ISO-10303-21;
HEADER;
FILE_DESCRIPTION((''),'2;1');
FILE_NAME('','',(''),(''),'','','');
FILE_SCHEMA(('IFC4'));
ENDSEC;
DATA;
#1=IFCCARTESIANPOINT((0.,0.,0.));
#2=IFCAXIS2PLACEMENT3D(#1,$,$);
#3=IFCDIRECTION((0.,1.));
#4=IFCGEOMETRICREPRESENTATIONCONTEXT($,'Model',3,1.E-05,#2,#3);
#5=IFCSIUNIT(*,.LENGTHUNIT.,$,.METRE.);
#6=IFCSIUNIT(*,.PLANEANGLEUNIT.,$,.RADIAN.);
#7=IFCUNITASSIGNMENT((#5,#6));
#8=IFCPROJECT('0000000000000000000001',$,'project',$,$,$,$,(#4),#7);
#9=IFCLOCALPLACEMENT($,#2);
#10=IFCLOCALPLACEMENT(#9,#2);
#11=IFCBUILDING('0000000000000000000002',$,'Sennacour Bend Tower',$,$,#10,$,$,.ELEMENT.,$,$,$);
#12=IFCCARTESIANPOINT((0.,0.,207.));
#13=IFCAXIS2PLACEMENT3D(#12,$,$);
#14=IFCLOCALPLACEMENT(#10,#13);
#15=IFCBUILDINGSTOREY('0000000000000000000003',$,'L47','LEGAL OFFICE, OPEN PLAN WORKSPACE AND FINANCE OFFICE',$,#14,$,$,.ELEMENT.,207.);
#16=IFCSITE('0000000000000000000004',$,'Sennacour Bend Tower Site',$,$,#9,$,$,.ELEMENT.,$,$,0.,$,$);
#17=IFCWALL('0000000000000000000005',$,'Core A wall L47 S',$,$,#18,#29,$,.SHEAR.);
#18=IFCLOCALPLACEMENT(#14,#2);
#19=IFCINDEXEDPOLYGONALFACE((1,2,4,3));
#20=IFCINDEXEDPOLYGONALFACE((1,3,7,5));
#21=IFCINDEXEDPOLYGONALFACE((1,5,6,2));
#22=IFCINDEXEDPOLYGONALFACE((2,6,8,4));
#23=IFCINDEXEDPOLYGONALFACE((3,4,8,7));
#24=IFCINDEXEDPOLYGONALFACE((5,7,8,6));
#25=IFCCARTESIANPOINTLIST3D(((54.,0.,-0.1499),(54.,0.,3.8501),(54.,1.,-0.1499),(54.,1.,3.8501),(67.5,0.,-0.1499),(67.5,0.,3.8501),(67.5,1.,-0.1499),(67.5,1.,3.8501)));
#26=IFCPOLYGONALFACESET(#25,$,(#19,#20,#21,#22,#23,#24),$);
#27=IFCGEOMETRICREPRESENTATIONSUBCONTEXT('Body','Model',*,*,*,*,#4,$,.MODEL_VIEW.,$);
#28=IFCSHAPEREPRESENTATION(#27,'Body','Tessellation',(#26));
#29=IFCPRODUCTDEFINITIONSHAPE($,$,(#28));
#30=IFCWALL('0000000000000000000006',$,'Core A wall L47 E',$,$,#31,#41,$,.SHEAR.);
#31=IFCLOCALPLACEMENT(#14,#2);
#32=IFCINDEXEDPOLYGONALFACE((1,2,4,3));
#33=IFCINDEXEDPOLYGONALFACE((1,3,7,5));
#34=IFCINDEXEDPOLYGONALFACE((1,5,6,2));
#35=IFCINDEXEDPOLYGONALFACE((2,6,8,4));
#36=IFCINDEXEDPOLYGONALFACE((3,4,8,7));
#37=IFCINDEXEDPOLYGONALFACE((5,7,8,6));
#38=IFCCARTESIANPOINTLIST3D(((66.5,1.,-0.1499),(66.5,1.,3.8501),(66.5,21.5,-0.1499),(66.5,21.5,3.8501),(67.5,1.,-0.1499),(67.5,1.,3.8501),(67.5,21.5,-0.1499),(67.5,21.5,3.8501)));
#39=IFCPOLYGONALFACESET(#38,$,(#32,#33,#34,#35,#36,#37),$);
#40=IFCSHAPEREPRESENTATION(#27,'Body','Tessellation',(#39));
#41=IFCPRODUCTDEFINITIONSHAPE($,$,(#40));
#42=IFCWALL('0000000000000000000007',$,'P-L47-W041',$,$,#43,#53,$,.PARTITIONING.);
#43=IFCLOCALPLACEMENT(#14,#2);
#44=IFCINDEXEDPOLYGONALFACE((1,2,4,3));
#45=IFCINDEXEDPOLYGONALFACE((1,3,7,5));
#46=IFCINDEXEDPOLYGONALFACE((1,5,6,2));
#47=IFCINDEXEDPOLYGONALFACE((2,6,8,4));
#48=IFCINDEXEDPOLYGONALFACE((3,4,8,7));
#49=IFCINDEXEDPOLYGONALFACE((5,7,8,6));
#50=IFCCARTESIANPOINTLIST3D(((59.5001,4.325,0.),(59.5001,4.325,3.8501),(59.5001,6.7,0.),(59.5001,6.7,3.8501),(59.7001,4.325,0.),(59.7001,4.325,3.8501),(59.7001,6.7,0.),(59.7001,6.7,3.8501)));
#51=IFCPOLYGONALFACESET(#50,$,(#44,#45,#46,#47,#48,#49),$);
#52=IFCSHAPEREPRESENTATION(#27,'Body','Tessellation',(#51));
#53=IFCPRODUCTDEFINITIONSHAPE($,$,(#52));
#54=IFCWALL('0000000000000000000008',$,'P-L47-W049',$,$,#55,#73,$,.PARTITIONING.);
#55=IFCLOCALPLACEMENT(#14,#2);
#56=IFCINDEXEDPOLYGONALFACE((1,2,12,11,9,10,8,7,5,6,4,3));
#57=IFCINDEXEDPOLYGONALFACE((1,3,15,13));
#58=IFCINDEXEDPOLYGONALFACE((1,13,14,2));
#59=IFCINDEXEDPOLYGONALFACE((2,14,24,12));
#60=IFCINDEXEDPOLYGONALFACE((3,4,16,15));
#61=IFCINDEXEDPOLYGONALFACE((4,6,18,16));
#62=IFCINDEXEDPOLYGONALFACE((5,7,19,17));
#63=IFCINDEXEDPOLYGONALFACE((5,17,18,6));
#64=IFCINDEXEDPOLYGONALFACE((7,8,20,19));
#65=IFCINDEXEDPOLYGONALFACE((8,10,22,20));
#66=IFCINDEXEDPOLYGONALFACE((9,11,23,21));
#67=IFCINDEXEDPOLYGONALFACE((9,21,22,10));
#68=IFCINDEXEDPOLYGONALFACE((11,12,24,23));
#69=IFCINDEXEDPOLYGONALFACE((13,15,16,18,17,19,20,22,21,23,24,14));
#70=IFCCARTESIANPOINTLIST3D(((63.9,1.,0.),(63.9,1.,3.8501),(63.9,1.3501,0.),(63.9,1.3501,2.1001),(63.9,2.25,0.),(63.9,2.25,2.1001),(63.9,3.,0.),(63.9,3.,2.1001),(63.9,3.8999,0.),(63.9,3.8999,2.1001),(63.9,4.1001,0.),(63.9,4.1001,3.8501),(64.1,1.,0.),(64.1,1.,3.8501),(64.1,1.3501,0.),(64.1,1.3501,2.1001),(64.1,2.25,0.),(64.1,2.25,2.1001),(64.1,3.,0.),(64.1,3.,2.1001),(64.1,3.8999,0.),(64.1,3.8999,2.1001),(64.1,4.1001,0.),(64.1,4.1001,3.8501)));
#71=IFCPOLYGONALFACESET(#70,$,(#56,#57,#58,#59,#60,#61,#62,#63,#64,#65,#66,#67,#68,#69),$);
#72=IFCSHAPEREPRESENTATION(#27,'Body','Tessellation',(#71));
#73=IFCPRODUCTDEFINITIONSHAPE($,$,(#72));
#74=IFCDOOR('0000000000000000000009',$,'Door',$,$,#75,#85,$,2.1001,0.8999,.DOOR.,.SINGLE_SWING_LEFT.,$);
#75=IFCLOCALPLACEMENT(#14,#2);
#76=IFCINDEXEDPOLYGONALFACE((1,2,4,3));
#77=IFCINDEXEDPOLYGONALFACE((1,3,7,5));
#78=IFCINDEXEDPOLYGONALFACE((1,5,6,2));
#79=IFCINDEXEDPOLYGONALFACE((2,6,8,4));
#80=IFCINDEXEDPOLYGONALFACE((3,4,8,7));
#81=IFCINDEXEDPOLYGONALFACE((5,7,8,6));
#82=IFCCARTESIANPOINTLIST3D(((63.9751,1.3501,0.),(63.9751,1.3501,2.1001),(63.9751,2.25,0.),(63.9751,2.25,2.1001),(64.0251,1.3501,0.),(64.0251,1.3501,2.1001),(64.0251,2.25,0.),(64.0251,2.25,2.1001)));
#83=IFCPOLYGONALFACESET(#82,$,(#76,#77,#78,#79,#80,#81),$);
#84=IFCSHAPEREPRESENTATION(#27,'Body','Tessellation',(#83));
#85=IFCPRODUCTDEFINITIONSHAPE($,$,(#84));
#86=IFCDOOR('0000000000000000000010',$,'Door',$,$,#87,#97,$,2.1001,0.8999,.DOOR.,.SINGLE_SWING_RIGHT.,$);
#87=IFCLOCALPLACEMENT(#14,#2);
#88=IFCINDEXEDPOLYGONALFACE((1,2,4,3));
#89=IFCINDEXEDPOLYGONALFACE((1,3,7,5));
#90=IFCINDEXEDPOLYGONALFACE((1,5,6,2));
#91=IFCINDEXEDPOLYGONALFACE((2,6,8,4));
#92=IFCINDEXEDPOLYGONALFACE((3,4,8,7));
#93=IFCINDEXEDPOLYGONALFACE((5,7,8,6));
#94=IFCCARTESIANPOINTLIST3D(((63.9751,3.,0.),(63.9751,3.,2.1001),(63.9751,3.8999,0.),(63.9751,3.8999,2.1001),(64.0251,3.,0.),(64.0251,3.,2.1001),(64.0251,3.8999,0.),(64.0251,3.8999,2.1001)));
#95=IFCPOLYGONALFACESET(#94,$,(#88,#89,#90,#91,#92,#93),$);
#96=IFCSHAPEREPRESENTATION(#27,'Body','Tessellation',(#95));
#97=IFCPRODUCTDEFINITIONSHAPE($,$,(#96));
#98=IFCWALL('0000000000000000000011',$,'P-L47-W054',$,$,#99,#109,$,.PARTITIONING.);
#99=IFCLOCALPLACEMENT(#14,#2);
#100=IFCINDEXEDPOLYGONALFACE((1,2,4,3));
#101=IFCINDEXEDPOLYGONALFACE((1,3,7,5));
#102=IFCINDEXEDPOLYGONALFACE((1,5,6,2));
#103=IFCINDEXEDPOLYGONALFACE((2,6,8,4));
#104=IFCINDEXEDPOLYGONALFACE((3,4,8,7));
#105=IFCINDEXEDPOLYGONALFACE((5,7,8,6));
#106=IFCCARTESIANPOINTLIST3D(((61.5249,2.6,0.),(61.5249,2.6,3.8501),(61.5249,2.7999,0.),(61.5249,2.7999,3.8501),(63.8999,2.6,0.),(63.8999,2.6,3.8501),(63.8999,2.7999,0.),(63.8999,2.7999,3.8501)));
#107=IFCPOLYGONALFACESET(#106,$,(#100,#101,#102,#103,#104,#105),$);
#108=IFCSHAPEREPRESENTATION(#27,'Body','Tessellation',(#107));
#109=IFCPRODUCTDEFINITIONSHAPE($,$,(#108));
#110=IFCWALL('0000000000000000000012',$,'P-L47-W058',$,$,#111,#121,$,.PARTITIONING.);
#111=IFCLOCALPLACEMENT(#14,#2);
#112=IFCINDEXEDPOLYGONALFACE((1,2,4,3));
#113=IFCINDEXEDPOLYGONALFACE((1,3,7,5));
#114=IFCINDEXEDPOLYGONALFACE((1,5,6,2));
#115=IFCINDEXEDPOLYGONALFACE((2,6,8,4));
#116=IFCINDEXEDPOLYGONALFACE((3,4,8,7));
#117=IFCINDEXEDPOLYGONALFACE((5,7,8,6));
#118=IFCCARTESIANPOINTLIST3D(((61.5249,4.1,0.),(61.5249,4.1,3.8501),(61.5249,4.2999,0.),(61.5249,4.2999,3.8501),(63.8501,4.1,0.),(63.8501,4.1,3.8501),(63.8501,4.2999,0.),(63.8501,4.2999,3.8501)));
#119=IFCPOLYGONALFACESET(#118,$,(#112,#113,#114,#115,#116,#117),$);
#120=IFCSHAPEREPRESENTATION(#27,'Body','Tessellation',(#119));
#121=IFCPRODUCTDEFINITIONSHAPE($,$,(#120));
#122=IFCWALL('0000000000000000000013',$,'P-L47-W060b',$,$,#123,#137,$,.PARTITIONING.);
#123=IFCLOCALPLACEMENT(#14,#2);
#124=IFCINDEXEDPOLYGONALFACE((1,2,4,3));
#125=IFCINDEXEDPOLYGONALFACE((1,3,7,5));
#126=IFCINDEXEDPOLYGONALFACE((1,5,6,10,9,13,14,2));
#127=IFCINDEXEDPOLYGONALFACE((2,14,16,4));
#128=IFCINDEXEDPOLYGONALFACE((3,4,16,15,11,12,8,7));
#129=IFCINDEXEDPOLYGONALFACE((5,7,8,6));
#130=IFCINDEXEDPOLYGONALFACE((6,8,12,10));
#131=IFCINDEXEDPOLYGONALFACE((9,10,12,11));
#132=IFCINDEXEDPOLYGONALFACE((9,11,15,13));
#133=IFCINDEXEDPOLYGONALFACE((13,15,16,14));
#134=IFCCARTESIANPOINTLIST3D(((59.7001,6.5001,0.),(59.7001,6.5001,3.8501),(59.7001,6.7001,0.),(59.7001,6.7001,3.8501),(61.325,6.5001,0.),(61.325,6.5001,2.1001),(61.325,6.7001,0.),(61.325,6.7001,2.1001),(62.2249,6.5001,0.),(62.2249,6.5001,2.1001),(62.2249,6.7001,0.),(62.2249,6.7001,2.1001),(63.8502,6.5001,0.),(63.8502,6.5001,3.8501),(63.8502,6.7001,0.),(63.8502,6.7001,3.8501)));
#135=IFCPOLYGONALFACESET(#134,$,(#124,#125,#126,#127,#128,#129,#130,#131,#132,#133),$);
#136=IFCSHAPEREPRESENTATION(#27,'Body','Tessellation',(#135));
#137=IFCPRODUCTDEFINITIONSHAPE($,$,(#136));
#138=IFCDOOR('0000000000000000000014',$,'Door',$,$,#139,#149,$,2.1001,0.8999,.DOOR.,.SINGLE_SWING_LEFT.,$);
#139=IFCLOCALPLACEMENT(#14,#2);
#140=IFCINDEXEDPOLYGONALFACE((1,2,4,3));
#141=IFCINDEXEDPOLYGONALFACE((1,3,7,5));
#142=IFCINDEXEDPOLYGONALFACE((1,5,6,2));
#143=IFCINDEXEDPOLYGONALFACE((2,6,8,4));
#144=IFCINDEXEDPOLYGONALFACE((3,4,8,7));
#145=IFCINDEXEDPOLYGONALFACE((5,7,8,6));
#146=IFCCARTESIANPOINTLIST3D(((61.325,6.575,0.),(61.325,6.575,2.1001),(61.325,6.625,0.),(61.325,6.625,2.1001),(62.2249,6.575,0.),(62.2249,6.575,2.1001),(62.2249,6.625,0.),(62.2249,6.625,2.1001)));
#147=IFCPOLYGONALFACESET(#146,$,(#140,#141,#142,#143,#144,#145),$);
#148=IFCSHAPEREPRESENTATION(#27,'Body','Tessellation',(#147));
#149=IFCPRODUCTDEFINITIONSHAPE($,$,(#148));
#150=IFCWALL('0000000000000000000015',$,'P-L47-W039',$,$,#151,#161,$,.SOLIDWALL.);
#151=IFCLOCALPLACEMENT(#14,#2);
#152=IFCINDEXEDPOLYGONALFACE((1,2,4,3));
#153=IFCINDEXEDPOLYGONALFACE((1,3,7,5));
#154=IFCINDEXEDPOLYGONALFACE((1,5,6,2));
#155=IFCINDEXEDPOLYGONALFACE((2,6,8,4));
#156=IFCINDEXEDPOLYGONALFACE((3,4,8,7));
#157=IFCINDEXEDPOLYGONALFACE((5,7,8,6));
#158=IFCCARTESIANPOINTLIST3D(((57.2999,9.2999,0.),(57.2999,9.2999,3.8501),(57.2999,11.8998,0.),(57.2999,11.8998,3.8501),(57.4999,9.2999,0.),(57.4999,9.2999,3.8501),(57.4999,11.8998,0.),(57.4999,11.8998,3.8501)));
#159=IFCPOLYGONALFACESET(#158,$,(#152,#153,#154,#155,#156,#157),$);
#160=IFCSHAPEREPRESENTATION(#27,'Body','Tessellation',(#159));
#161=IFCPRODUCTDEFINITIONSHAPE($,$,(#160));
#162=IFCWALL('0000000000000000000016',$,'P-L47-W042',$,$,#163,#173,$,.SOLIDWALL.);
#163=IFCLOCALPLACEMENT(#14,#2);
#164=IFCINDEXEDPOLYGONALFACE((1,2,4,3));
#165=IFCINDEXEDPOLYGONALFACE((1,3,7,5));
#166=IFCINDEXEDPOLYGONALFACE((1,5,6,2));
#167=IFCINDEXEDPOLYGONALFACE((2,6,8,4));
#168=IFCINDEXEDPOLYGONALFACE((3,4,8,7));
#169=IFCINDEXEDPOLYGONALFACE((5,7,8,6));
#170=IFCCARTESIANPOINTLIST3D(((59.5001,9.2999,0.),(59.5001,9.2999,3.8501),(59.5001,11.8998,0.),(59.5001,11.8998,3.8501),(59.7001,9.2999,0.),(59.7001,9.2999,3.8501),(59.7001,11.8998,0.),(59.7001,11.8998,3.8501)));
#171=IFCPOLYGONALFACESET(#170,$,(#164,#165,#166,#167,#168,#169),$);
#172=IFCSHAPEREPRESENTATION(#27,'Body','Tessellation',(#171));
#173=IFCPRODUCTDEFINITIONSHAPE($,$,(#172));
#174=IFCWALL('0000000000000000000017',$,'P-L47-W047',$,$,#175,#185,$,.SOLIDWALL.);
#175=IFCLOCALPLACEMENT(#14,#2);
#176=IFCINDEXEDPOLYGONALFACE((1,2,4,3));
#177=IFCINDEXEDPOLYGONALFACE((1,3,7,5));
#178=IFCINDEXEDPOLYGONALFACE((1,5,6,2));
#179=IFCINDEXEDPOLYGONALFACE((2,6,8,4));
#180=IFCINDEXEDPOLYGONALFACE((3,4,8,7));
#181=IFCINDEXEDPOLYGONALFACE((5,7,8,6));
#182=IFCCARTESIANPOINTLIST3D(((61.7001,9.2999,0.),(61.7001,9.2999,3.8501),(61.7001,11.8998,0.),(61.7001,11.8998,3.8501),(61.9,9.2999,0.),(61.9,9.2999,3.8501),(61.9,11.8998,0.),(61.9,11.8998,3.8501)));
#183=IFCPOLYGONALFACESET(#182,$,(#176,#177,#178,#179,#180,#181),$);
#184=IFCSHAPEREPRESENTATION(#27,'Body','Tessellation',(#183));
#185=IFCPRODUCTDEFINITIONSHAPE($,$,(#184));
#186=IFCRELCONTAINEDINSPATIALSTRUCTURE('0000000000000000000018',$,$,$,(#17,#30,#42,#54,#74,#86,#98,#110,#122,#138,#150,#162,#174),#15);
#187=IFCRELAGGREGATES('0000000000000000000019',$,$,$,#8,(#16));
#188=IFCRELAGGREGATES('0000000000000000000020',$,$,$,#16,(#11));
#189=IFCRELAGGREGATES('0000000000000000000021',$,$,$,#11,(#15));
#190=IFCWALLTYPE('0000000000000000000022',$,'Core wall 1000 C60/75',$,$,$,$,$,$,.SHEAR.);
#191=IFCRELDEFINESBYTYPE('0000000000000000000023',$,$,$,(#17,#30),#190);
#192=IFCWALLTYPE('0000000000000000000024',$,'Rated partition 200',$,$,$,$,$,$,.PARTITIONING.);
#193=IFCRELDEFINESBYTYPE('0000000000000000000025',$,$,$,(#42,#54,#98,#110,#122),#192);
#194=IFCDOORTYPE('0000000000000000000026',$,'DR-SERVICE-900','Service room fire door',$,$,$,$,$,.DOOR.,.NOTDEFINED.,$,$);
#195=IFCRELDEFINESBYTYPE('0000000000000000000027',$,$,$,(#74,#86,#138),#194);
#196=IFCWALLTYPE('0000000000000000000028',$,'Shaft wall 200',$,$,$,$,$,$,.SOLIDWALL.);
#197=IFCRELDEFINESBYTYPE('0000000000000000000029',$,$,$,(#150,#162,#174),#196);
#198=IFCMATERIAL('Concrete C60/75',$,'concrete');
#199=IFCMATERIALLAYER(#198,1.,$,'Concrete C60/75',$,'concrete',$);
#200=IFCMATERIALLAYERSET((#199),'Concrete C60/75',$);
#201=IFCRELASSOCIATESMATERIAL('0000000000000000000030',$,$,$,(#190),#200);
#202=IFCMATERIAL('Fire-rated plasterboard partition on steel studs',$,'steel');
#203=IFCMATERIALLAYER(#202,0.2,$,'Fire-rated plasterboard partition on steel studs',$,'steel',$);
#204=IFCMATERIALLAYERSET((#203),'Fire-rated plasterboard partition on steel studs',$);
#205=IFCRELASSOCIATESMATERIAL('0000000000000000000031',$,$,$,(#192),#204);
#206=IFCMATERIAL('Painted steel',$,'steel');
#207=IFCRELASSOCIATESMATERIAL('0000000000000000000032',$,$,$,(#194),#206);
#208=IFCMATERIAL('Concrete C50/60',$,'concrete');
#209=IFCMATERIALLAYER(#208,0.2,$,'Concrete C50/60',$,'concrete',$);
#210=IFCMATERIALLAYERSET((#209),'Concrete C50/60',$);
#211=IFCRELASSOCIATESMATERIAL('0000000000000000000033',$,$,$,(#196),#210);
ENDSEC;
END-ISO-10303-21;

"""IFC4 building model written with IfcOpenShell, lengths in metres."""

from ifc_helpers import new_model, si_unit, direction, frame, frame_2d, origin, place, context, subcontext, project, spatial, rectangle, extrude, material, layer, layer_set, type_object, element, fill, save


model = new_model("IFC4")

# Units and contexts
model_context = context("Model", 3, precision=1e-05, world=origin(), true_north=direction((0.0, 1.0)))
body_context = subcontext(model_context, "Body", "Model", "MODEL_VIEW")
ifc_project = project(units=[si_unit("LENGTHUNIT", "METRE"), si_unit("PLANEANGLEUNIT", "RADIAN")], contexts=[model_context])

# Site, building, storey
site_placement = place(None, origin())
site = spatial("IfcSite", under=ifc_project, at=site_placement, Name="Sennacour Bend Tower Site", CompositionType="ELEMENT", RefElevation=0.0)
building_placement = place(site_placement, origin())
building = spatial("IfcBuilding", under=site, at=building_placement, Name="Sennacour Bend Tower", CompositionType="ELEMENT")
storey_placement = place(building_placement, frame((0.0, 0.0, 207.0)))
storey = spatial("IfcBuildingStorey", under=building, at=storey_placement, Name="L47", Description="LEGAL OFFICE, OPEN PLAN WORKSPACE AND FINANCE OFFICE", CompositionType="ELEMENT", Elevation=207.0)

# Walls
ifc_material_1 = material(Name="Concrete C60/75", Category="concrete")
ifc_layer_1 = layer(ifc_material_1, 1.0, Name="Concrete C60/75", Category="concrete")
ifc_layer_set_1 = layer_set([ifc_layer_1], Name="Concrete C60/75")
wall_type_1 = type_object("IfcWallType", Name="Core wall 1000 C60/75", PredefinedType="SHEAR", material=ifc_layer_set_1)
wall_1_placement = place(storey_placement, frame((67.5, 0.5, -0.1499), z_axis=(0.0, 0.0, 1.0), x_axis=(-1.0, 0.0, 0.0)))
element("IfcWall", 1, at=wall_1_placement, inside=storey, type_object=wall_type_1, Name="Core A wall L47 S", PredefinedType="SHEAR", context=body_context, shape_type="SweptSolid", body=[
    extrude(rectangle(XDim=13.5, YDim=1.0, at=frame_2d((6.75, 0.0))), origin(), (0.0, 0.0, 1.0), 4.0),
])
wall_2_placement = place(storey_placement, frame((67.0, 1.0, -0.1499), z_axis=(0.0, 0.0, 1.0), x_axis=(0.0, 1.0, 0.0)))
element("IfcWall", 2, at=wall_2_placement, inside=storey, type_object=wall_type_1, Name="Core A wall L47 E", PredefinedType="SHEAR", context=body_context, shape_type="SweptSolid", body=[
    extrude(rectangle(XDim=20.5, YDim=1.0, at=frame_2d((10.25, 0.0))), origin(), (0.0, 0.0, 1.0), 4.0),
])
ifc_material_2 = material(Name="Fire-rated plasterboard partition on steel studs", Category="steel")
ifc_layer_2 = layer(ifc_material_2, 0.2, Name="Fire-rated plasterboard partition on steel studs", Category="steel")
ifc_layer_set_2 = layer_set([ifc_layer_2], Name="Fire-rated plasterboard partition on steel studs")
wall_type_2 = type_object("IfcWallType", Name="Rated partition 200", PredefinedType="PARTITIONING", material=ifc_layer_set_2)
wall_3_placement = place(storey_placement, frame((59.6001, 4.325, 0.0), z_axis=(0.0, 0.0, 1.0), x_axis=(0.0, 1.0, 0.0)))
element("IfcWall", 3, at=wall_3_placement, inside=storey, type_object=wall_type_2, Name="P-L47-W041", PredefinedType="PARTITIONING", context=body_context, shape_type="SweptSolid", body=[
    extrude(rectangle(XDim=2.375, YDim=0.2, at=frame_2d((1.1875, 0.0))), origin(), (0.0, 0.0, 1.0), 3.8501),
])

# Wall, openings, doors
wall_4_placement = place(storey_placement, frame((64.0, 1.0, 0.0), z_axis=(0.0, 0.0, 1.0), x_axis=(0.0, 1.0, 0.0)))
wall_4 = element("IfcWall", 4, at=wall_4_placement, inside=storey, type_object=wall_type_2, Name="P-L47-W049", PredefinedType="PARTITIONING", context=body_context, shape_type="SweptSolid", body=[
    extrude(rectangle(XDim=3.1001, YDim=0.2, at=frame_2d((1.55, 0.0))), origin(), (0.0, 0.0, 1.0), 3.8501),
])
opening_1_placement = place(wall_4_placement, frame((0.3501, 0.0, 0.0)))
opening_1 = element("IfcOpeningElement", 5, at=opening_1_placement, cuts=wall_4, PredefinedType="OPENING", context=body_context, shape_type="SweptSolid", body=[
    extrude(rectangle(XDim=0.8999, YDim=2.1001, at=frame_2d((0.45, 1.05))), frame((0.0, 0.1099, 0.0), z_axis=(0.0, -1.0, 0.0), x_axis=(1.0, 0.0, 0.0)), (0.0, 0.0, 1.0), 0.22),
])
opening_2_placement = place(wall_4_placement, frame((2.0, 0.0, 0.0)))
opening_2 = element("IfcOpeningElement", 6, at=opening_2_placement, cuts=wall_4, PredefinedType="OPENING", context=body_context, shape_type="SweptSolid", body=[
    extrude(rectangle(XDim=0.8999, YDim=2.1001, at=frame_2d((0.45, 1.05))), frame((0.0, 0.1099, 0.0), z_axis=(0.0, -1.0, 0.0), x_axis=(1.0, 0.0, 0.0)), (0.0, 0.0, 1.0), 0.22),
])
ifc_material_3 = material(Name="Painted steel", Category="steel")
door_type_1 = type_object("IfcDoorType", Name="DR-SERVICE-900", Description="Service room fire door", OperationType="NOTDEFINED", PredefinedType="DOOR", material=ifc_material_3)
door_1_placement = place(opening_1_placement, origin())
door_1 = element("IfcDoor", 7, at=door_1_placement, inside=storey, type_object=door_type_1, Name="Door", OperationType="SINGLE_SWING_LEFT", OverallHeight=2.1001, OverallWidth=0.8999, PredefinedType="DOOR", context=body_context, shape_type="SweptSolid", body=[
    extrude(rectangle(XDim=0.8999, YDim=2.1001, at=frame_2d((0.45, 1.05))), frame((0.0, 0.0249, 0.0), z_axis=(0.0, -1.0, 0.0), x_axis=(1.0, 0.0, 0.0)), (0.0, 0.0, 1.0), 0.05),
])
fill(opening_1, door_1)
door_2_placement = place(opening_2_placement, origin())
door_2 = element("IfcDoor", 8, at=door_2_placement, inside=storey, type_object=door_type_1, Name="Door", OperationType="SINGLE_SWING_RIGHT", OverallHeight=2.1001, OverallWidth=0.8999, PredefinedType="DOOR", context=body_context, shape_type="SweptSolid", body=[
    extrude(rectangle(XDim=0.8999, YDim=2.1001, at=frame_2d((0.45, 1.05))), frame((0.0, 0.0249, 0.0), z_axis=(0.0, -1.0, 0.0), x_axis=(1.0, 0.0, 0.0)), (0.0, 0.0, 1.0), 0.05),
])
fill(opening_2, door_2)

# Walls
wall_5_placement = place(storey_placement, frame((61.5249, 2.7, 0.0), z_axis=(0.0, 0.0, 1.0), x_axis=(1.0, 0.0, 0.0)))
element("IfcWall", 9, at=wall_5_placement, inside=storey, type_object=wall_type_2, Name="P-L47-W054", PredefinedType="PARTITIONING", context=body_context, shape_type="SweptSolid", body=[
    extrude(rectangle(XDim=2.375, YDim=0.2, at=frame_2d((1.1875, 0.0))), origin(), (0.0, 0.0, 1.0), 3.8501),
])
wall_6_placement = place(storey_placement, frame((61.5249, 4.2, 0.0), z_axis=(0.0, 0.0, 1.0), x_axis=(1.0, 0.0, 0.0)))
element("IfcWall", 10, at=wall_6_placement, inside=storey, type_object=wall_type_2, Name="P-L47-W058", PredefinedType="PARTITIONING", context=body_context, shape_type="SweptSolid", body=[
    extrude(rectangle(XDim=2.3252, YDim=0.2, at=frame_2d((1.1626, 0.0))), origin(), (0.0, 0.0, 1.0), 3.8501),
])

# Wall, opening, door
wall_7_placement = place(storey_placement, frame((59.7, 6.6001, 0.0), z_axis=(0.0, 0.0, 1.0), x_axis=(1.0, 0.0, 0.0)))
wall_7 = element("IfcWall", 11, at=wall_7_placement, inside=storey, type_object=wall_type_2, Name="P-L47-W060b", PredefinedType="PARTITIONING", context=body_context, shape_type="SweptSolid", body=[
    extrude(rectangle(XDim=4.1501, YDim=0.2, at=frame_2d((2.0752, 0.0))), origin(), (0.0, 0.0, 1.0), 3.8501),
])
opening_3_placement = place(wall_7_placement, frame((1.625, 0.0, 0.0)))
opening_3 = element("IfcOpeningElement", 12, at=opening_3_placement, cuts=wall_7, PredefinedType="OPENING", context=body_context, shape_type="SweptSolid", body=[
    extrude(rectangle(XDim=0.8999, YDim=2.1001, at=frame_2d((0.45, 1.05))), frame((0.0, 0.1099, 0.0), z_axis=(0.0, -1.0, 0.0), x_axis=(1.0, 0.0, 0.0)), (0.0, 0.0, 1.0), 0.22),
])
door_3_placement = place(opening_3_placement, origin())
door_3 = element("IfcDoor", 13, at=door_3_placement, inside=storey, type_object=door_type_1, Name="Door", OperationType="SINGLE_SWING_LEFT", OverallHeight=2.1001, OverallWidth=0.8999, PredefinedType="DOOR", context=body_context, shape_type="SweptSolid", body=[
    extrude(rectangle(XDim=0.8999, YDim=2.1001, at=frame_2d((0.45, 1.05))), frame((0.0, 0.0249, 0.0), z_axis=(0.0, -1.0, 0.0), x_axis=(1.0, 0.0, 0.0)), (0.0, 0.0, 1.0), 0.05),
])
fill(opening_3, door_3)

# Walls
ifc_material_4 = material(Name="Concrete C50/60", Category="concrete")
ifc_layer_3 = layer(ifc_material_4, 0.2, Name="Concrete C50/60", Category="concrete")
ifc_layer_set_3 = layer_set([ifc_layer_3], Name="Concrete C50/60")
wall_type_3 = type_object("IfcWallType", Name="Shaft wall 200", PredefinedType="SOLIDWALL", material=ifc_layer_set_3)
for number, where, z_axis, x_axis, name in (
    (14, (57.3999, 9.3, 0.0), (0.0, 0.0, 1.0), (0.0, 1.0, 0.0), "P-L47-W039"),
    (15, (59.6001, 9.3, 0.0), (0.0, 0.0, 1.0), (0.0, 1.0, 0.0), "P-L47-W042"),
    (16, (61.8, 9.3, 0.0), (0.0, 0.0, 1.0), (0.0, 1.0, 0.0), "P-L47-W047"),
):
    element("IfcWall", number, at=place(storey_placement, frame(where, z_axis=z_axis, x_axis=x_axis)), inside=storey, type_object=wall_type_3, Name=name, PredefinedType="SOLIDWALL", context=body_context, shape_type="SweptSolid", body=[
        extrude(rectangle(XDim=2.5999, YDim=0.2, at=frame_2d((1.2998, 0.0))), origin(), (0.0, 0.0, 1.0), 3.8501),
    ])

save(model, "model.ifc")
